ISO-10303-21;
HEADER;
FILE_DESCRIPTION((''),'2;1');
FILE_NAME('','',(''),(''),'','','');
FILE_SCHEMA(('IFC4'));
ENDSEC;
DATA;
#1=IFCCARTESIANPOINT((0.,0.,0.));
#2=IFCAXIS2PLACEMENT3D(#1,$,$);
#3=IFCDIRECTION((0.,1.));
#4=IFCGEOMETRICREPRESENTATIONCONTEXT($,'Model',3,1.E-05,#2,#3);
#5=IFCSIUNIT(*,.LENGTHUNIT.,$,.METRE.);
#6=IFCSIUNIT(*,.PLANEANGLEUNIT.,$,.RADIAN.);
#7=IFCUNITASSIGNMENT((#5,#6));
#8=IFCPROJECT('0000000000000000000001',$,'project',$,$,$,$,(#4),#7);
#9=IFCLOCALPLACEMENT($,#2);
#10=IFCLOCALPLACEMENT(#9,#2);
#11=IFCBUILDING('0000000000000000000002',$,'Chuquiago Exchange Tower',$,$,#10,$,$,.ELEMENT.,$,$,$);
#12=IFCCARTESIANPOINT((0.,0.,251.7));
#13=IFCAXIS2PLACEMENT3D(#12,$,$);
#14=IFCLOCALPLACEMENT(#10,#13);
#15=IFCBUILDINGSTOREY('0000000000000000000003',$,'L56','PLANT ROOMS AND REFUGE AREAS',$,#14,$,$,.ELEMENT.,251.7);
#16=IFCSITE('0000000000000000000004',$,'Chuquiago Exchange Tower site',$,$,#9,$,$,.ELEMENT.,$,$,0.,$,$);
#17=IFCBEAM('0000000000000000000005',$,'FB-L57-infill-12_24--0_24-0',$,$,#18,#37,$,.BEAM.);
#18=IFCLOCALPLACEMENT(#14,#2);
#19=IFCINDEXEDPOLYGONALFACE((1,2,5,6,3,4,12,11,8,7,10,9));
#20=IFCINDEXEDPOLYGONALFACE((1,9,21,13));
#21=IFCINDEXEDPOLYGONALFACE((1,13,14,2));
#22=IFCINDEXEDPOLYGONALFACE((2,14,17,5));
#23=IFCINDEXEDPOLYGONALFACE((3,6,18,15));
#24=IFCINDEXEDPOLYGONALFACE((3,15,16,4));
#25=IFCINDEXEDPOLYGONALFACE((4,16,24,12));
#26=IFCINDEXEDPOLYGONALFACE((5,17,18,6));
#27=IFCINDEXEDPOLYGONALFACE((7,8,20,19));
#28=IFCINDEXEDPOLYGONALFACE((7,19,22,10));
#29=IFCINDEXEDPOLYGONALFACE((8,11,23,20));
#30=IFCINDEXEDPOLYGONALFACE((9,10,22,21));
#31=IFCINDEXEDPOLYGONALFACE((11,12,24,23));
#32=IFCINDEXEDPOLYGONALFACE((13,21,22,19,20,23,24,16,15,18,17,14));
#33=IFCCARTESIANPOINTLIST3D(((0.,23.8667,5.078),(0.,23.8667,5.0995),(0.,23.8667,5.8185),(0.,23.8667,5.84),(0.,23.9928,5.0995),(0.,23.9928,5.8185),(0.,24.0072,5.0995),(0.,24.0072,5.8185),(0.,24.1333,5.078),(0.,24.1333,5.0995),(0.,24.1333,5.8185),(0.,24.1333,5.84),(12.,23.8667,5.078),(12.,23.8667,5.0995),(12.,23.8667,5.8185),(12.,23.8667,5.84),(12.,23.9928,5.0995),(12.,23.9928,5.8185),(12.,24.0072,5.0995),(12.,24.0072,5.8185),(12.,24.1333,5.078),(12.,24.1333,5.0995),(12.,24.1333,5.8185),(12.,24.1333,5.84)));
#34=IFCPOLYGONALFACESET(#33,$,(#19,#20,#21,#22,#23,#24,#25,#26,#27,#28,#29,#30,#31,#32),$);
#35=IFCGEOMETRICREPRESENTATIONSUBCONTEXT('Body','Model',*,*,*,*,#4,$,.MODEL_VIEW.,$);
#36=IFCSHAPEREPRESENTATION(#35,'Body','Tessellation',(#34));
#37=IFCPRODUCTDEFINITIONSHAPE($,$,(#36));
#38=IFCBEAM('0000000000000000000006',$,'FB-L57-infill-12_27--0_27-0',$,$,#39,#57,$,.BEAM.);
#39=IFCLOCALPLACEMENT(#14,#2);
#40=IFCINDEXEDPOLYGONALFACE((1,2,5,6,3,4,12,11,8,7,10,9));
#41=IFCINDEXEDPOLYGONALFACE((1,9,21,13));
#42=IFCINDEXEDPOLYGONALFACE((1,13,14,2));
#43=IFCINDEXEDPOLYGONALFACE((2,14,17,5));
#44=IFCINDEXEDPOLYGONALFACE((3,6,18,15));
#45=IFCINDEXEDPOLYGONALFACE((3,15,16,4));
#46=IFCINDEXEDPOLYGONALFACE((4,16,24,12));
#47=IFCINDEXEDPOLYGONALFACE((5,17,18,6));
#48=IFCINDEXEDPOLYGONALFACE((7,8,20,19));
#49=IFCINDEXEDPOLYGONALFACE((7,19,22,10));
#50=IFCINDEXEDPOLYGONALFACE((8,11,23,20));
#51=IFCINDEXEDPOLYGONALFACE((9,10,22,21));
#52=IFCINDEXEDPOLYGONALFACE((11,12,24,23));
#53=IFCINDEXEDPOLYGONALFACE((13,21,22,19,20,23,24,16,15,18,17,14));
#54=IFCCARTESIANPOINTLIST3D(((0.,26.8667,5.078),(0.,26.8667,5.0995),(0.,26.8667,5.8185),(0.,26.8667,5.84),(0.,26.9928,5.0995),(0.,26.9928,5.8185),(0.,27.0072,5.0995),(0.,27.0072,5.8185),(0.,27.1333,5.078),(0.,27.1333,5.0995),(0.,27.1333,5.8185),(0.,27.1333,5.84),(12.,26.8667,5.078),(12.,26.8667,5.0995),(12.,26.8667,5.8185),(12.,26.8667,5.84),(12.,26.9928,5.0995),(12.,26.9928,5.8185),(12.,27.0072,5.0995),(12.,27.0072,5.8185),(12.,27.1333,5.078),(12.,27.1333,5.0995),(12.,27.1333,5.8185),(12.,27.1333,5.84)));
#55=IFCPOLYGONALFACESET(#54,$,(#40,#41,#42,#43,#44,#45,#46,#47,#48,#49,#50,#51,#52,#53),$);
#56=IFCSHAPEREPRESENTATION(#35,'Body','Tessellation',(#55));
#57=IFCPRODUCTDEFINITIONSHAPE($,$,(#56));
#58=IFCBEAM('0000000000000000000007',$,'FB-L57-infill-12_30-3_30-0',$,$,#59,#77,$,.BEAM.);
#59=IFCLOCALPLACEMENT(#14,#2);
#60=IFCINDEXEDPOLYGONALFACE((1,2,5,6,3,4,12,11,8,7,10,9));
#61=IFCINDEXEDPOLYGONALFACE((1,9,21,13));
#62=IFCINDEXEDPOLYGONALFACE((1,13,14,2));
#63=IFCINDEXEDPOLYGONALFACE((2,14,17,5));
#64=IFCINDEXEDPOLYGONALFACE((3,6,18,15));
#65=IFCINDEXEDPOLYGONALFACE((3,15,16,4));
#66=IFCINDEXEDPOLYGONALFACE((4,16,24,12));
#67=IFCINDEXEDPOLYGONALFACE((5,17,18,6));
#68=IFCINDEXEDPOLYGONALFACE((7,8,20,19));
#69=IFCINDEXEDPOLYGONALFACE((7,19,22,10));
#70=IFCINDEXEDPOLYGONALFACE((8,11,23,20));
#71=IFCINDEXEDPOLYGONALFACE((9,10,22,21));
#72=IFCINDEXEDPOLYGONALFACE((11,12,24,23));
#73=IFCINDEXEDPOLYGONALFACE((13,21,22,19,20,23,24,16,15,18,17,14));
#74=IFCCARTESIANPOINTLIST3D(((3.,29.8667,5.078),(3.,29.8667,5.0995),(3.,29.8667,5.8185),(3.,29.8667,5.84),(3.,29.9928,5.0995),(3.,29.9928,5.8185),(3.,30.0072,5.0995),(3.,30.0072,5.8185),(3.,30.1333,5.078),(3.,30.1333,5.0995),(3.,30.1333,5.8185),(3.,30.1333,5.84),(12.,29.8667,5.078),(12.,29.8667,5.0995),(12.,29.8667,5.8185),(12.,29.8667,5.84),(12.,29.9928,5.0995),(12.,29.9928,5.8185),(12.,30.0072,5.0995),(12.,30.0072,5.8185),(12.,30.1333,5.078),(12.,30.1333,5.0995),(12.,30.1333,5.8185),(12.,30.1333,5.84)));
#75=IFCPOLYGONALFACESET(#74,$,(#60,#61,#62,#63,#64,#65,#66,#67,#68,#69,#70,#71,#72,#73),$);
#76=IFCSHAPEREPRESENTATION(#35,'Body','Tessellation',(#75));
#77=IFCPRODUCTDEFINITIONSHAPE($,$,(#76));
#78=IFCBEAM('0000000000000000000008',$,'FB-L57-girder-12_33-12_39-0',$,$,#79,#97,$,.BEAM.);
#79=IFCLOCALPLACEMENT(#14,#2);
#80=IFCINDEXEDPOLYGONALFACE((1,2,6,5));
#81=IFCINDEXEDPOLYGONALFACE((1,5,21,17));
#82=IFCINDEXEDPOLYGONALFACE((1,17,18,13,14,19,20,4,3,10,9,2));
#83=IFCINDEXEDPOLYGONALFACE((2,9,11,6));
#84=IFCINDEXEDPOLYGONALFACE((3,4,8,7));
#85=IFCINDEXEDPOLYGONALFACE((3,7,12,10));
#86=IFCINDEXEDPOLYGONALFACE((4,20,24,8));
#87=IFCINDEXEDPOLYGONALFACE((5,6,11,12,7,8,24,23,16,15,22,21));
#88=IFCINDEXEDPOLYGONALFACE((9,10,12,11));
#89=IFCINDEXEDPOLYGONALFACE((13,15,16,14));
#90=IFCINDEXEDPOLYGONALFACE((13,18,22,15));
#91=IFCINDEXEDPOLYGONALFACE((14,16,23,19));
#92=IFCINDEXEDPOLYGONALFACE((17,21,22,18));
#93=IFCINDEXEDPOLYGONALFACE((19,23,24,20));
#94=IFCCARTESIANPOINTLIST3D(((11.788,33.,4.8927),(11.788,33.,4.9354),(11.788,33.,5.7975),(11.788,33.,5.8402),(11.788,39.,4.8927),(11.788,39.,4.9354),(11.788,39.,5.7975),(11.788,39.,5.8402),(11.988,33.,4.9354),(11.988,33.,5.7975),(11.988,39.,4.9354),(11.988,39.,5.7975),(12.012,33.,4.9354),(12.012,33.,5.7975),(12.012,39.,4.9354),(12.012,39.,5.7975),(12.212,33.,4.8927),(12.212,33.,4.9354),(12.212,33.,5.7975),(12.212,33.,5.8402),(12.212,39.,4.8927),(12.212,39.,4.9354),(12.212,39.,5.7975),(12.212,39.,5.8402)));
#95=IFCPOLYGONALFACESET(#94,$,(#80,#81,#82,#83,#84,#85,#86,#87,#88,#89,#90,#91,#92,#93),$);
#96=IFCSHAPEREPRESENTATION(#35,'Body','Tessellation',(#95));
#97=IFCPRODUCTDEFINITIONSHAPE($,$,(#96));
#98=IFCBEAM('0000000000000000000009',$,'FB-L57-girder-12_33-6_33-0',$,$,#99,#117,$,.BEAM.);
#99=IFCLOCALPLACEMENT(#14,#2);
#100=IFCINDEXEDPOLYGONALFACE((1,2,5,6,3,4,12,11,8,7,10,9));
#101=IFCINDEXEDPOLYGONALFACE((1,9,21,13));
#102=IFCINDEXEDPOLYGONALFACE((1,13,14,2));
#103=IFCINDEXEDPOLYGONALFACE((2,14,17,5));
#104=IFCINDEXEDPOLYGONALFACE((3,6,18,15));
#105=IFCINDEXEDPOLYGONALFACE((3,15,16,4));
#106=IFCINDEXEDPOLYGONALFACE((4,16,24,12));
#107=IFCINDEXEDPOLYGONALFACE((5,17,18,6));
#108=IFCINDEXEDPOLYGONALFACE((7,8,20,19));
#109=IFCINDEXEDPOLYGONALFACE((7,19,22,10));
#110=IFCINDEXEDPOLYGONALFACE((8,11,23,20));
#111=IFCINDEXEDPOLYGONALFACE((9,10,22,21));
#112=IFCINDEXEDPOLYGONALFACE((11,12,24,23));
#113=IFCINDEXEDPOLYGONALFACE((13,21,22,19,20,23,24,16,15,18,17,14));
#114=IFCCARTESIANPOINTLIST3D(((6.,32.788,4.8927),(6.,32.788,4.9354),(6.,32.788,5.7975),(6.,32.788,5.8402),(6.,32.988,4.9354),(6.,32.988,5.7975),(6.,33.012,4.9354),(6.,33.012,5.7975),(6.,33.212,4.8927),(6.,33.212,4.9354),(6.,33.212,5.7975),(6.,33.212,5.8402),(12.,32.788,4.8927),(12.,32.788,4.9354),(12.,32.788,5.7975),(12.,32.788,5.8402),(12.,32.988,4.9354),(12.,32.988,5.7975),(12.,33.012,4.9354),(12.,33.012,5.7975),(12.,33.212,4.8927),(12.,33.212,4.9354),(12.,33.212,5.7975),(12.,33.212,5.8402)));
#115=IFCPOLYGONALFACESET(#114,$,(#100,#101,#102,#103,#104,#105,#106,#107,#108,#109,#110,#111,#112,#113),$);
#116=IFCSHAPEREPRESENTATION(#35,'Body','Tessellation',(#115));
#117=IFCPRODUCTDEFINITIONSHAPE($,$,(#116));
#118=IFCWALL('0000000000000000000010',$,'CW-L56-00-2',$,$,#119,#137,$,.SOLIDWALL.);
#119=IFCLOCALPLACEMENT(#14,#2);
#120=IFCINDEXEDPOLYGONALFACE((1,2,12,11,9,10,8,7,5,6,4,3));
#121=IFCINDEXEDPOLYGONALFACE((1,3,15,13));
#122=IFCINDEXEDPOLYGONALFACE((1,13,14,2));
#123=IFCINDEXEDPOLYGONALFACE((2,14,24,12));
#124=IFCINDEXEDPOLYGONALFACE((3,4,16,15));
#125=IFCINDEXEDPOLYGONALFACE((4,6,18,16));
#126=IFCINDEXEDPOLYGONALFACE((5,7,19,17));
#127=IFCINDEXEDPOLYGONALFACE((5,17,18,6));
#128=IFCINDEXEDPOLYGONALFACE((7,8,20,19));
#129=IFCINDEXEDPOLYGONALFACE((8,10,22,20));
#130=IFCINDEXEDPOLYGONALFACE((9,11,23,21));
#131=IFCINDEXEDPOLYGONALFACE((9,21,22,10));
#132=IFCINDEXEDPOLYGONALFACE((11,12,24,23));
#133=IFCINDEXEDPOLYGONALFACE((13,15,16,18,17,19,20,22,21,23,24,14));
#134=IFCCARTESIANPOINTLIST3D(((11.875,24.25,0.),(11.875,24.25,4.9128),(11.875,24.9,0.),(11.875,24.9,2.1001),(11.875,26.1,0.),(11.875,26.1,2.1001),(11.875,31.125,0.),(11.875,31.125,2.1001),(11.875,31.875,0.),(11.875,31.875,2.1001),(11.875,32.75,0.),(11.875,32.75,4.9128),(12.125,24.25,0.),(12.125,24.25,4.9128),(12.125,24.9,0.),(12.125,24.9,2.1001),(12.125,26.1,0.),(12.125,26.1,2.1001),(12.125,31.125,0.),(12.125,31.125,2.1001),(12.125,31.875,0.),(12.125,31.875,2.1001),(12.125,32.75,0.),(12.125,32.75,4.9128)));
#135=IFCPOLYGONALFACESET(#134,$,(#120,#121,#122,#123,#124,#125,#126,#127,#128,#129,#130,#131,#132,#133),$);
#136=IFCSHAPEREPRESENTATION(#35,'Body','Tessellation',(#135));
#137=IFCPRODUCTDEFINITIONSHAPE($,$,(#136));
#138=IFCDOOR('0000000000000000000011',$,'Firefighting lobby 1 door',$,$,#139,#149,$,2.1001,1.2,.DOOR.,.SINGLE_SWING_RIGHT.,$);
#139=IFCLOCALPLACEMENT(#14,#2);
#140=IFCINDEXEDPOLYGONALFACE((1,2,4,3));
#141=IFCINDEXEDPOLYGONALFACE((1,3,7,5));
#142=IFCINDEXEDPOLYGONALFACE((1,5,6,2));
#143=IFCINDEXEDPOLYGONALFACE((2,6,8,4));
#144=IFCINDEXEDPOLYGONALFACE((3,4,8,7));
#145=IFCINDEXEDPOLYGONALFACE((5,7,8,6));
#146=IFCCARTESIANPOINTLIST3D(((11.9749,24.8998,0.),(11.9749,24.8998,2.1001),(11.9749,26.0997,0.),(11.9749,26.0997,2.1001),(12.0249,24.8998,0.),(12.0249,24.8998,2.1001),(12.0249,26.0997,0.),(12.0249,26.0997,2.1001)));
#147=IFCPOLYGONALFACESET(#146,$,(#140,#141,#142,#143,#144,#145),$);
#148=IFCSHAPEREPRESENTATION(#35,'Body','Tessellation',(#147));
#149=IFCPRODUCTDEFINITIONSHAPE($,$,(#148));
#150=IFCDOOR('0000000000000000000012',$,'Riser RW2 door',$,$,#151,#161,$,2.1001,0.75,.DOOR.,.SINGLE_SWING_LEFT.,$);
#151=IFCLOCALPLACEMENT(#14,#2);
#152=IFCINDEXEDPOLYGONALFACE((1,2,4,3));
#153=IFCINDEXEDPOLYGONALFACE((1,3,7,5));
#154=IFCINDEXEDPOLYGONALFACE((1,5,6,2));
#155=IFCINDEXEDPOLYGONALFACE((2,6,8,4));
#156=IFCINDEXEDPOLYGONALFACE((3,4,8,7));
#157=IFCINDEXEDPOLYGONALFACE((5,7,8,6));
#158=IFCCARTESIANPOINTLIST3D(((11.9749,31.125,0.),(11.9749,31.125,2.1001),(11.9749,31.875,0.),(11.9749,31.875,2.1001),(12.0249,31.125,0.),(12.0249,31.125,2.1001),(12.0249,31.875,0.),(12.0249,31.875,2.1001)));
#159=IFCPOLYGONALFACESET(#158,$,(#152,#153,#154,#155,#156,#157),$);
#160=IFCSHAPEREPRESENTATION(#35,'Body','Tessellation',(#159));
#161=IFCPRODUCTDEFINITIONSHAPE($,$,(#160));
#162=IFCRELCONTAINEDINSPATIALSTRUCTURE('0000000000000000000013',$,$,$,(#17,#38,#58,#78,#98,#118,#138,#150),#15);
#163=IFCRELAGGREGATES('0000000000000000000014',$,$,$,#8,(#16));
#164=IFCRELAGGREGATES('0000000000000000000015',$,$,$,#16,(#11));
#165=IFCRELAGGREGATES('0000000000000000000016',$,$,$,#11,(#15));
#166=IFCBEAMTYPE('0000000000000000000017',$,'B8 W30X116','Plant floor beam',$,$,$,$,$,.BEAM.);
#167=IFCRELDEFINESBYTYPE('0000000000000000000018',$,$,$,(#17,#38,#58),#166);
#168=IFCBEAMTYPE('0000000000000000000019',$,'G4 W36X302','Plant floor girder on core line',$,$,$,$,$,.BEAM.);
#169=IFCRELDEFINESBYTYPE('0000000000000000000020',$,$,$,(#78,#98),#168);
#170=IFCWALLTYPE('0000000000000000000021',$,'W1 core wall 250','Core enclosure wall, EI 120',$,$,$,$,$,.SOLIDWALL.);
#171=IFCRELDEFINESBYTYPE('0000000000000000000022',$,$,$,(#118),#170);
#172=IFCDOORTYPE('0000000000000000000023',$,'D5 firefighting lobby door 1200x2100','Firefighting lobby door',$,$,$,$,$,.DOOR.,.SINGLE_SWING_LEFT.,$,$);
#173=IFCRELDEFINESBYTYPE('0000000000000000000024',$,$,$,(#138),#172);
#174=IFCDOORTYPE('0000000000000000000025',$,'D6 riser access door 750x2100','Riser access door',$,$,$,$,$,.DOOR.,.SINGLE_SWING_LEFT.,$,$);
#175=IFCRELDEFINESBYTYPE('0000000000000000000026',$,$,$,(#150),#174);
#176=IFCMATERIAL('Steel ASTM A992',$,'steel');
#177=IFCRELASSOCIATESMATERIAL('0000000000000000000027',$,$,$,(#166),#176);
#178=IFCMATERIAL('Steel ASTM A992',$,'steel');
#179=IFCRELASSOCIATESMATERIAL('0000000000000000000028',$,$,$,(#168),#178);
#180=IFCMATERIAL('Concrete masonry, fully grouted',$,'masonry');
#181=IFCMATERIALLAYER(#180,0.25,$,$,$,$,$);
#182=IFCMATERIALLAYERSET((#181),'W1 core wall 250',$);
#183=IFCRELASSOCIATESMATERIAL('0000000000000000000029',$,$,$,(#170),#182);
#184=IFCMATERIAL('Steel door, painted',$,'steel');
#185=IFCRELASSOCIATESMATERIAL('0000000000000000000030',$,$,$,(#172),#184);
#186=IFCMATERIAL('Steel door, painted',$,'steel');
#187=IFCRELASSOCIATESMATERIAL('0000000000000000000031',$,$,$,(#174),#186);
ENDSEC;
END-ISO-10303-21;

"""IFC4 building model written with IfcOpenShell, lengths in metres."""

from ifc_helpers import new_model, si_unit, direction, frame, frame_2d, origin, origin_2d, place, context, subcontext, project, spatial, rectangle, i_section, extrude, material, layer, layer_set, material_profile, profile_set, type_object, element, fill, save


model = new_model("IFC4")

# Units and contexts
model_context = context("Model", 3, precision=1e-05, world=origin(), true_north=direction((0.0, 1.0)))
body_context = subcontext(model_context, "Body", "Model", "MODEL_VIEW")
ifc_project = project(units=[si_unit("LENGTHUNIT", "METRE"), si_unit("PLANEANGLEUNIT", "RADIAN")], contexts=[model_context])

# Site, building, storey
site_placement = place(None, origin())
site = spatial("IfcSite", under=ifc_project, at=site_placement, Name="Chuquiago Exchange Tower site", CompositionType="ELEMENT", RefElevation=0.0)
building_placement = place(site_placement, origin())
building = spatial("IfcBuilding", under=site, at=building_placement, Name="Chuquiago Exchange Tower", CompositionType="ELEMENT")
storey_placement = place(building_placement, frame((0.0, 0.0, 251.7)))
storey = spatial("IfcBuildingStorey", under=building, at=storey_placement, Name="L56", Description="PLANT ROOMS AND REFUGE AREAS", CompositionType="ELEMENT", Elevation=251.7)

# Beams
ifc_material_1 = material(Name="Steel ASTM A992", Category="steel")
ifc_material_profile_1 = material_profile(ifc_material_1, i_section(OverallWidth=0.2666, OverallDepth=0.762, WebThickness=0.0144, FlangeThickness=0.0215, at=origin_2d()), Name="W30X116")
ifc_profile_set_1 = profile_set([ifc_material_profile_1], Name="Steel ASTM A992")
beam_type_1 = type_object("IfcBeamType", Name="B8 W30X116", Description="Plant floor beam", PredefinedType="BEAM", material=ifc_profile_set_1)
for number, where, z_axis, x_axis, name in (
    (1, (12.0, 24.0, 5.459), (-1.0, 0.0, 0.0), (0.0, -1.0, 0.0), "FB-L57-infill-12_24--0_24-0"),
    (2, (12.0, 27.0, 5.459), (-1.0, 0.0, 0.0), (0.0, -1.0, 0.0), "FB-L57-infill-12_27--0_27-0"),
):
    element("IfcBeam", number, at=place(storey_placement, frame(where, z_axis=z_axis, x_axis=x_axis)), inside=storey, type_object=beam_type_1, Name=name, PredefinedType="BEAM", context=body_context, shape_type="SweptSolid", body=[
        extrude(i_section(OverallWidth=0.2666, OverallDepth=0.762, WebThickness=0.0144, FlangeThickness=0.0215, at=origin_2d()), origin(), (0.0, 0.0, 1.0), 12.0),
    ])
beam_1_placement = place(storey_placement, frame((12.0, 30.0, 5.459), z_axis=(-1.0, 0.0, 0.0), x_axis=(0.0, -1.0, 0.0)))
element("IfcBeam", 3, at=beam_1_placement, inside=storey, type_object=beam_type_1, Name="FB-L57-infill-12_30-3_30-0", PredefinedType="BEAM", context=body_context, shape_type="SweptSolid", body=[
    extrude(i_section(OverallWidth=0.2666, OverallDepth=0.762, WebThickness=0.0144, FlangeThickness=0.0215, at=origin_2d()), origin(), (0.0, 0.0, 1.0), 9.0),
])
ifc_material_2 = material(Name="Steel ASTM A992", Category="steel")
ifc_material_profile_2 = material_profile(ifc_material_2, i_section(OverallWidth=0.4241, OverallDepth=0.9475, WebThickness=0.0239, FlangeThickness=0.0427, at=origin_2d()), Name="W36X302")
ifc_profile_set_2 = profile_set([ifc_material_profile_2], Name="Steel ASTM A992")
beam_type_2 = type_object("IfcBeamType", Name="G4 W36X302", Description="Plant floor girder on core line", PredefinedType="BEAM", material=ifc_profile_set_2)
for number, where, z_axis, x_axis, name in (
    (4, (12.0, 33.0, 5.3665), (0.0, 1.0, 0.0), (-1.0, 0.0, 0.0), "FB-L57-girder-12_33-12_39-0"),
    (5, (12.0, 33.0, 5.3665), (-1.0, 0.0, 0.0), (0.0, -1.0, 0.0), "FB-L57-girder-12_33-6_33-0"),
):
    element("IfcBeam", number, at=place(storey_placement, frame(where, z_axis=z_axis, x_axis=x_axis)), inside=storey, type_object=beam_type_2, Name=name, PredefinedType="BEAM", context=body_context, shape_type="SweptSolid", body=[
        extrude(i_section(OverallWidth=0.4241, OverallDepth=0.9475, WebThickness=0.0239, FlangeThickness=0.0427, at=origin_2d()), origin(), (0.0, 0.0, 1.0), 6.0),
    ])

# Wall, openings, doors
ifc_material_3 = material(Name="Concrete masonry, fully grouted", Category="masonry")
ifc_layer_1 = layer(ifc_material_3, 0.25)
ifc_layer_set_1 = layer_set([ifc_layer_1], Name="W1 core wall 250")
wall_type_1 = type_object("IfcWallType", Name="W1 core wall 250", Description="Core enclosure wall, EI 120", PredefinedType="SOLIDWALL", material=ifc_layer_set_1)
wall_1_placement = place(storey_placement, frame((12.0, 24.25, 0.0), z_axis=(0.0, 0.0, 1.0), x_axis=(0.0, 1.0, 0.0)))
wall_1 = element("IfcWall", 6, at=wall_1_placement, inside=storey, type_object=wall_type_1, Name="CW-L56-00-2", PredefinedType="SOLIDWALL", context=body_context, shape_type="SweptSolid", body=[
    extrude(rectangle(XDim=8.5, YDim=0.25, at=frame_2d((4.25, 0.0))), origin(), (0.0, 0.0, 1.0), 4.9128),
])
opening_1_placement = place(wall_1_placement, frame((0.6499, 0.0, 0.0)))
opening_1 = element("IfcOpeningElement", 7, at=opening_1_placement, cuts=wall_1, PredefinedType="OPENING", context=body_context, shape_type="SweptSolid", body=[
    extrude(rectangle(XDim=1.2, YDim=2.1001, at=frame_2d((0.6001, 1.05))), frame((0.0, 0.135, 0.0), z_axis=(0.0, -1.0, 0.0), x_axis=(1.0, 0.0, 0.0)), (0.0, 0.0, 1.0), 0.27),
])
opening_2_placement = place(wall_1_placement, frame((6.875, 0.0, 0.0)))
opening_2 = element("IfcOpeningElement", 8, at=opening_2_placement, cuts=wall_1, PredefinedType="OPENING", context=body_context, shape_type="SweptSolid", body=[
    extrude(rectangle(XDim=0.75, YDim=2.1001, at=frame_2d((0.375, 1.05))), frame((0.0, 0.135, 0.0), z_axis=(0.0, -1.0, 0.0), x_axis=(1.0, 0.0, 0.0)), (0.0, 0.0, 1.0), 0.27),
])
ifc_material_4 = material(Name="Steel door, painted", Category="steel")
door_type_1 = type_object("IfcDoorType", Name="D5 firefighting lobby door 1200x2100", Description="Firefighting lobby door", OperationType="SINGLE_SWING_LEFT", PredefinedType="DOOR", material=ifc_material_4)
door_1_placement = place(opening_1_placement, frame((1.2, 0.0, 0.0), z_axis=(0.0, 0.0, 1.0), x_axis=(-1.0, 0.0, 0.0)))
door_1 = element("IfcDoor", 9, at=door_1_placement, inside=storey, type_object=door_type_1, Name="Firefighting lobby 1 door", OperationType="SINGLE_SWING_RIGHT", OverallHeight=2.1001, OverallWidth=1.2, PredefinedType="DOOR", context=body_context, shape_type="SweptSolid", body=[
    extrude(rectangle(XDim=1.2, YDim=2.1001, at=frame_2d((0.6001, 1.05))), frame((0.0, 0.0249, 0.0), z_axis=(0.0, -1.0, 0.0), x_axis=(1.0, 0.0, 0.0)), (0.0, 0.0, 1.0), 0.05),
])
fill(opening_1, door_1)
ifc_material_5 = material(Name="Steel door, painted", Category="steel")
door_type_2 = type_object("IfcDoorType", Name="D6 riser access door 750x2100", Description="Riser access door", OperationType="SINGLE_SWING_LEFT", PredefinedType="DOOR", material=ifc_material_5)
door_2_placement = place(opening_2_placement, frame((0.75, 0.0, 0.0), z_axis=(0.0, 0.0, 1.0), x_axis=(-1.0, 0.0, 0.0)))
door_2 = element("IfcDoor", 10, at=door_2_placement, inside=storey, type_object=door_type_2, Name="Riser RW2 door", OperationType="SINGLE_SWING_LEFT", OverallHeight=2.1001, OverallWidth=0.75, PredefinedType="DOOR", context=body_context, shape_type="SweptSolid", body=[
    extrude(rectangle(XDim=0.75, YDim=2.1001, at=frame_2d((0.375, 1.05))), frame((0.0, 0.0249, 0.0), z_axis=(0.0, -1.0, 0.0), x_axis=(1.0, 0.0, 0.0)), (0.0, 0.0, 1.0), 0.05),
])
fill(opening_2, door_2)

save(model, "model.ifc")
